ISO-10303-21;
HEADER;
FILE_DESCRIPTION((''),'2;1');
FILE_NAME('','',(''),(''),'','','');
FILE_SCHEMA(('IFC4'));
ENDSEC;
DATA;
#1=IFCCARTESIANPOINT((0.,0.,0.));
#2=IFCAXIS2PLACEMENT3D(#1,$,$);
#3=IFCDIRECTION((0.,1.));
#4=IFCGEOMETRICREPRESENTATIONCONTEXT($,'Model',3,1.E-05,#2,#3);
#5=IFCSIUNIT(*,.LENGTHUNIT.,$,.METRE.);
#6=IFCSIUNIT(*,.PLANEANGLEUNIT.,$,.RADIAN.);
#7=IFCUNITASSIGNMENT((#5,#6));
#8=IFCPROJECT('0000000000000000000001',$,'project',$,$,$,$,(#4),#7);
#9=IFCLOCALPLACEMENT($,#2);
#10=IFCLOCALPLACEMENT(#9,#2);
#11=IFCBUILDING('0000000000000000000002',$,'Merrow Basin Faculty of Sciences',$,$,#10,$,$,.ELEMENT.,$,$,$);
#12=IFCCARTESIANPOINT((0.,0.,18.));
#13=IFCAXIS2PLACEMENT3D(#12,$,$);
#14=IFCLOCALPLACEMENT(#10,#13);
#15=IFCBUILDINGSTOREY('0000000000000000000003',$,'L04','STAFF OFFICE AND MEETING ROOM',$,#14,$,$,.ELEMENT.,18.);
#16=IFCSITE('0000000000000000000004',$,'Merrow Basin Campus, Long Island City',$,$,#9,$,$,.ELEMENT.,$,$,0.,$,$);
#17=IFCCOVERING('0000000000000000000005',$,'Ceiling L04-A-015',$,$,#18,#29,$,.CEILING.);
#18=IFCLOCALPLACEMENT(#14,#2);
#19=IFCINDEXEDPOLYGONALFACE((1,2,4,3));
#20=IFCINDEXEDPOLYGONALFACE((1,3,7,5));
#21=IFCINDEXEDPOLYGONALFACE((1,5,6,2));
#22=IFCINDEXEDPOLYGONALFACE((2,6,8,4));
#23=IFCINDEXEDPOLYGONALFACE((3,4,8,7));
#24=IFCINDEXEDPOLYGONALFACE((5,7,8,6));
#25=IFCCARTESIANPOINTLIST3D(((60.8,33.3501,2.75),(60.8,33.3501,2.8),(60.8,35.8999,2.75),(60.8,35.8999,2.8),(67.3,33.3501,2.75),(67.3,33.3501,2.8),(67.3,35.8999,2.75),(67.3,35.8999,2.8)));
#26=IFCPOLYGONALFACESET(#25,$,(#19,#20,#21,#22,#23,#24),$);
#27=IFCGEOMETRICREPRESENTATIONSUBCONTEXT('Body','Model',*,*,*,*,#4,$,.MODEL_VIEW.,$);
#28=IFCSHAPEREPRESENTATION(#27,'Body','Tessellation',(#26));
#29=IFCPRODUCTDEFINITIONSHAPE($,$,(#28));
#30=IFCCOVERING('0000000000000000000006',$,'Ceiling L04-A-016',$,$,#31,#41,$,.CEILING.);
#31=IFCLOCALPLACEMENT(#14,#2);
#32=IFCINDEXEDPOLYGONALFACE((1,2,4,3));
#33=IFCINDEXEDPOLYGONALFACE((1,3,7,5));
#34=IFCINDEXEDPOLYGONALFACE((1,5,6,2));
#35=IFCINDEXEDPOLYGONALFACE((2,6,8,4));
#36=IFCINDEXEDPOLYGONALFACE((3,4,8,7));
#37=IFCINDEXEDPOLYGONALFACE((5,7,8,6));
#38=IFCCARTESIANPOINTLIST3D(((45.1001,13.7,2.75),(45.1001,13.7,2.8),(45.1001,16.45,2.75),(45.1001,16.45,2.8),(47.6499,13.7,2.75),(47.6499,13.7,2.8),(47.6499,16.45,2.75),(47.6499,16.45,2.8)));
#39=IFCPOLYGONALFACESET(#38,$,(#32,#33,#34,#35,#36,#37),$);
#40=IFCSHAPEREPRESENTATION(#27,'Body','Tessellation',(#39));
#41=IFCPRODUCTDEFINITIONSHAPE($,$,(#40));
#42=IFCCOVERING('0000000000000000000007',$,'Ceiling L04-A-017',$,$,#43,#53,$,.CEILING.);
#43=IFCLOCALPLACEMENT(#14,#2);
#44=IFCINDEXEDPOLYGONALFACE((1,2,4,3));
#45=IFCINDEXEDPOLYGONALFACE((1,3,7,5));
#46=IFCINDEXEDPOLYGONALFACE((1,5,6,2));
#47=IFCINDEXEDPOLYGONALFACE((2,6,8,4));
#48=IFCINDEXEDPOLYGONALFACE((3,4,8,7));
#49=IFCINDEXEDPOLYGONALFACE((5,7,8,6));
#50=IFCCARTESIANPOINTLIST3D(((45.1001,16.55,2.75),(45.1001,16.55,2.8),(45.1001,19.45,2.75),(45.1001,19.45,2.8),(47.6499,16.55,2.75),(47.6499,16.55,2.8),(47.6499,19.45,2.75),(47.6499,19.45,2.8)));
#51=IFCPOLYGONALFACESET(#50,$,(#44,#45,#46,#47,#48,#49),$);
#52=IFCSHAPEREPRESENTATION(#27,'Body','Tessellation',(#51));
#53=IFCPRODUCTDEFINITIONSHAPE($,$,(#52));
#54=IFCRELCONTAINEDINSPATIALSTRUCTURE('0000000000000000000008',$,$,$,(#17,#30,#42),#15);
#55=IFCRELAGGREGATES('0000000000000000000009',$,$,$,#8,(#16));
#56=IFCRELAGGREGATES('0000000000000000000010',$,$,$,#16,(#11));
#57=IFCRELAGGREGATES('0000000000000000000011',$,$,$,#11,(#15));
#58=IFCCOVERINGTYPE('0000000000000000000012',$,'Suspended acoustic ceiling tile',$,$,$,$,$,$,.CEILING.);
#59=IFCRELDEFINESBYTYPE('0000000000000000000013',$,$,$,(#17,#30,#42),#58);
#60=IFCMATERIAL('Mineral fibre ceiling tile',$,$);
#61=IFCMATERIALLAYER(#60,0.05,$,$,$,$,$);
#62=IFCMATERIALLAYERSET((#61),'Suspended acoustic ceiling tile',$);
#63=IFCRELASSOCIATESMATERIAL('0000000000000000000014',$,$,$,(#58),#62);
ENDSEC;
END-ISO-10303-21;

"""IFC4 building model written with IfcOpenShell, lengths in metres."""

from ifc_helpers import new_model, si_unit, direction, frame, origin, place, context, subcontext, project, spatial, polyline, outline, extrude, material, layer, layer_set, type_object, element, save


model = new_model("IFC4")

# Units and contexts
model_context = context("Model", 3, precision=1e-05, world=origin(), true_north=direction((0.0, 1.0)))
body_context = subcontext(model_context, "Body", "Model", "MODEL_VIEW")
ifc_project = project(units=[si_unit("LENGTHUNIT", "METRE"), si_unit("PLANEANGLEUNIT", "RADIAN")], contexts=[model_context])

# Site, building, storey
site_placement = place(None, origin())
site = spatial("IfcSite", under=ifc_project, at=site_placement, Name="Merrow Basin Campus, Long Island City", CompositionType="ELEMENT", RefElevation=0.0)
building_placement = place(site_placement, origin())
building = spatial("IfcBuilding", under=site, at=building_placement, Name="Merrow Basin Faculty of Sciences", CompositionType="ELEMENT")
storey_placement = place(building_placement, frame((0.0, 0.0, 18.0)))
storey = spatial("IfcBuildingStorey", under=building, at=storey_placement, Name="L04", Description="STAFF OFFICE AND MEETING ROOM", CompositionType="ELEMENT", Elevation=18.0)

# Coverings
ifc_material_1 = material(Name="Mineral fibre ceiling tile")
ifc_layer_1 = layer(ifc_material_1, 0.05)
ifc_layer_set_1 = layer_set([ifc_layer_1], Name="Suspended acoustic ceiling tile")
covering_type_1 = type_object("IfcCoveringType", Name="Suspended acoustic ceiling tile", PredefinedType="CEILING", material=ifc_layer_set_1)
covering_1_placement = place(storey_placement, frame((0.0, 0.0, 2.75)))
element("IfcCovering", 1, at=covering_1_placement, inside=storey, type_object=covering_type_1, Name="Ceiling L04-A-015", PredefinedType="CEILING", context=body_context, shape_type="SweptSolid", body=[
    extrude(outline(polyline([(67.3, 35.8999), (67.3, 33.3501), (60.8, 33.3501), (60.8, 35.8999), (67.3, 35.8999)])), origin(), (0.0, 0.0, 1.0), 0.05),
])
covering_2_placement = place(storey_placement, frame((0.0, 0.0, 2.75)))
element("IfcCovering", 2, at=covering_2_placement, inside=storey, type_object=covering_type_1, Name="Ceiling L04-A-016", PredefinedType="CEILING", context=body_context, shape_type="SweptSolid", body=[
    extrude(outline(polyline([(45.1001, 16.45), (47.6499, 16.45), (47.6499, 13.7), (45.1001, 13.7), (45.1001, 16.45)])), origin(), (0.0, 0.0, 1.0), 0.05),
])
covering_3_placement = place(storey_placement, frame((0.0, 0.0, 2.75)))
element("IfcCovering", 3, at=covering_3_placement, inside=storey, type_object=covering_type_1, Name="Ceiling L04-A-017", PredefinedType="CEILING", context=body_context, shape_type="SweptSolid", body=[
    extrude(outline(polyline([(47.6499, 19.45), (47.6499, 16.55), (45.1001, 16.55), (45.1001, 19.45), (47.6499, 19.45)])), origin(), (0.0, 0.0, 1.0), 0.05),
])

save(model, "model.ifc")
